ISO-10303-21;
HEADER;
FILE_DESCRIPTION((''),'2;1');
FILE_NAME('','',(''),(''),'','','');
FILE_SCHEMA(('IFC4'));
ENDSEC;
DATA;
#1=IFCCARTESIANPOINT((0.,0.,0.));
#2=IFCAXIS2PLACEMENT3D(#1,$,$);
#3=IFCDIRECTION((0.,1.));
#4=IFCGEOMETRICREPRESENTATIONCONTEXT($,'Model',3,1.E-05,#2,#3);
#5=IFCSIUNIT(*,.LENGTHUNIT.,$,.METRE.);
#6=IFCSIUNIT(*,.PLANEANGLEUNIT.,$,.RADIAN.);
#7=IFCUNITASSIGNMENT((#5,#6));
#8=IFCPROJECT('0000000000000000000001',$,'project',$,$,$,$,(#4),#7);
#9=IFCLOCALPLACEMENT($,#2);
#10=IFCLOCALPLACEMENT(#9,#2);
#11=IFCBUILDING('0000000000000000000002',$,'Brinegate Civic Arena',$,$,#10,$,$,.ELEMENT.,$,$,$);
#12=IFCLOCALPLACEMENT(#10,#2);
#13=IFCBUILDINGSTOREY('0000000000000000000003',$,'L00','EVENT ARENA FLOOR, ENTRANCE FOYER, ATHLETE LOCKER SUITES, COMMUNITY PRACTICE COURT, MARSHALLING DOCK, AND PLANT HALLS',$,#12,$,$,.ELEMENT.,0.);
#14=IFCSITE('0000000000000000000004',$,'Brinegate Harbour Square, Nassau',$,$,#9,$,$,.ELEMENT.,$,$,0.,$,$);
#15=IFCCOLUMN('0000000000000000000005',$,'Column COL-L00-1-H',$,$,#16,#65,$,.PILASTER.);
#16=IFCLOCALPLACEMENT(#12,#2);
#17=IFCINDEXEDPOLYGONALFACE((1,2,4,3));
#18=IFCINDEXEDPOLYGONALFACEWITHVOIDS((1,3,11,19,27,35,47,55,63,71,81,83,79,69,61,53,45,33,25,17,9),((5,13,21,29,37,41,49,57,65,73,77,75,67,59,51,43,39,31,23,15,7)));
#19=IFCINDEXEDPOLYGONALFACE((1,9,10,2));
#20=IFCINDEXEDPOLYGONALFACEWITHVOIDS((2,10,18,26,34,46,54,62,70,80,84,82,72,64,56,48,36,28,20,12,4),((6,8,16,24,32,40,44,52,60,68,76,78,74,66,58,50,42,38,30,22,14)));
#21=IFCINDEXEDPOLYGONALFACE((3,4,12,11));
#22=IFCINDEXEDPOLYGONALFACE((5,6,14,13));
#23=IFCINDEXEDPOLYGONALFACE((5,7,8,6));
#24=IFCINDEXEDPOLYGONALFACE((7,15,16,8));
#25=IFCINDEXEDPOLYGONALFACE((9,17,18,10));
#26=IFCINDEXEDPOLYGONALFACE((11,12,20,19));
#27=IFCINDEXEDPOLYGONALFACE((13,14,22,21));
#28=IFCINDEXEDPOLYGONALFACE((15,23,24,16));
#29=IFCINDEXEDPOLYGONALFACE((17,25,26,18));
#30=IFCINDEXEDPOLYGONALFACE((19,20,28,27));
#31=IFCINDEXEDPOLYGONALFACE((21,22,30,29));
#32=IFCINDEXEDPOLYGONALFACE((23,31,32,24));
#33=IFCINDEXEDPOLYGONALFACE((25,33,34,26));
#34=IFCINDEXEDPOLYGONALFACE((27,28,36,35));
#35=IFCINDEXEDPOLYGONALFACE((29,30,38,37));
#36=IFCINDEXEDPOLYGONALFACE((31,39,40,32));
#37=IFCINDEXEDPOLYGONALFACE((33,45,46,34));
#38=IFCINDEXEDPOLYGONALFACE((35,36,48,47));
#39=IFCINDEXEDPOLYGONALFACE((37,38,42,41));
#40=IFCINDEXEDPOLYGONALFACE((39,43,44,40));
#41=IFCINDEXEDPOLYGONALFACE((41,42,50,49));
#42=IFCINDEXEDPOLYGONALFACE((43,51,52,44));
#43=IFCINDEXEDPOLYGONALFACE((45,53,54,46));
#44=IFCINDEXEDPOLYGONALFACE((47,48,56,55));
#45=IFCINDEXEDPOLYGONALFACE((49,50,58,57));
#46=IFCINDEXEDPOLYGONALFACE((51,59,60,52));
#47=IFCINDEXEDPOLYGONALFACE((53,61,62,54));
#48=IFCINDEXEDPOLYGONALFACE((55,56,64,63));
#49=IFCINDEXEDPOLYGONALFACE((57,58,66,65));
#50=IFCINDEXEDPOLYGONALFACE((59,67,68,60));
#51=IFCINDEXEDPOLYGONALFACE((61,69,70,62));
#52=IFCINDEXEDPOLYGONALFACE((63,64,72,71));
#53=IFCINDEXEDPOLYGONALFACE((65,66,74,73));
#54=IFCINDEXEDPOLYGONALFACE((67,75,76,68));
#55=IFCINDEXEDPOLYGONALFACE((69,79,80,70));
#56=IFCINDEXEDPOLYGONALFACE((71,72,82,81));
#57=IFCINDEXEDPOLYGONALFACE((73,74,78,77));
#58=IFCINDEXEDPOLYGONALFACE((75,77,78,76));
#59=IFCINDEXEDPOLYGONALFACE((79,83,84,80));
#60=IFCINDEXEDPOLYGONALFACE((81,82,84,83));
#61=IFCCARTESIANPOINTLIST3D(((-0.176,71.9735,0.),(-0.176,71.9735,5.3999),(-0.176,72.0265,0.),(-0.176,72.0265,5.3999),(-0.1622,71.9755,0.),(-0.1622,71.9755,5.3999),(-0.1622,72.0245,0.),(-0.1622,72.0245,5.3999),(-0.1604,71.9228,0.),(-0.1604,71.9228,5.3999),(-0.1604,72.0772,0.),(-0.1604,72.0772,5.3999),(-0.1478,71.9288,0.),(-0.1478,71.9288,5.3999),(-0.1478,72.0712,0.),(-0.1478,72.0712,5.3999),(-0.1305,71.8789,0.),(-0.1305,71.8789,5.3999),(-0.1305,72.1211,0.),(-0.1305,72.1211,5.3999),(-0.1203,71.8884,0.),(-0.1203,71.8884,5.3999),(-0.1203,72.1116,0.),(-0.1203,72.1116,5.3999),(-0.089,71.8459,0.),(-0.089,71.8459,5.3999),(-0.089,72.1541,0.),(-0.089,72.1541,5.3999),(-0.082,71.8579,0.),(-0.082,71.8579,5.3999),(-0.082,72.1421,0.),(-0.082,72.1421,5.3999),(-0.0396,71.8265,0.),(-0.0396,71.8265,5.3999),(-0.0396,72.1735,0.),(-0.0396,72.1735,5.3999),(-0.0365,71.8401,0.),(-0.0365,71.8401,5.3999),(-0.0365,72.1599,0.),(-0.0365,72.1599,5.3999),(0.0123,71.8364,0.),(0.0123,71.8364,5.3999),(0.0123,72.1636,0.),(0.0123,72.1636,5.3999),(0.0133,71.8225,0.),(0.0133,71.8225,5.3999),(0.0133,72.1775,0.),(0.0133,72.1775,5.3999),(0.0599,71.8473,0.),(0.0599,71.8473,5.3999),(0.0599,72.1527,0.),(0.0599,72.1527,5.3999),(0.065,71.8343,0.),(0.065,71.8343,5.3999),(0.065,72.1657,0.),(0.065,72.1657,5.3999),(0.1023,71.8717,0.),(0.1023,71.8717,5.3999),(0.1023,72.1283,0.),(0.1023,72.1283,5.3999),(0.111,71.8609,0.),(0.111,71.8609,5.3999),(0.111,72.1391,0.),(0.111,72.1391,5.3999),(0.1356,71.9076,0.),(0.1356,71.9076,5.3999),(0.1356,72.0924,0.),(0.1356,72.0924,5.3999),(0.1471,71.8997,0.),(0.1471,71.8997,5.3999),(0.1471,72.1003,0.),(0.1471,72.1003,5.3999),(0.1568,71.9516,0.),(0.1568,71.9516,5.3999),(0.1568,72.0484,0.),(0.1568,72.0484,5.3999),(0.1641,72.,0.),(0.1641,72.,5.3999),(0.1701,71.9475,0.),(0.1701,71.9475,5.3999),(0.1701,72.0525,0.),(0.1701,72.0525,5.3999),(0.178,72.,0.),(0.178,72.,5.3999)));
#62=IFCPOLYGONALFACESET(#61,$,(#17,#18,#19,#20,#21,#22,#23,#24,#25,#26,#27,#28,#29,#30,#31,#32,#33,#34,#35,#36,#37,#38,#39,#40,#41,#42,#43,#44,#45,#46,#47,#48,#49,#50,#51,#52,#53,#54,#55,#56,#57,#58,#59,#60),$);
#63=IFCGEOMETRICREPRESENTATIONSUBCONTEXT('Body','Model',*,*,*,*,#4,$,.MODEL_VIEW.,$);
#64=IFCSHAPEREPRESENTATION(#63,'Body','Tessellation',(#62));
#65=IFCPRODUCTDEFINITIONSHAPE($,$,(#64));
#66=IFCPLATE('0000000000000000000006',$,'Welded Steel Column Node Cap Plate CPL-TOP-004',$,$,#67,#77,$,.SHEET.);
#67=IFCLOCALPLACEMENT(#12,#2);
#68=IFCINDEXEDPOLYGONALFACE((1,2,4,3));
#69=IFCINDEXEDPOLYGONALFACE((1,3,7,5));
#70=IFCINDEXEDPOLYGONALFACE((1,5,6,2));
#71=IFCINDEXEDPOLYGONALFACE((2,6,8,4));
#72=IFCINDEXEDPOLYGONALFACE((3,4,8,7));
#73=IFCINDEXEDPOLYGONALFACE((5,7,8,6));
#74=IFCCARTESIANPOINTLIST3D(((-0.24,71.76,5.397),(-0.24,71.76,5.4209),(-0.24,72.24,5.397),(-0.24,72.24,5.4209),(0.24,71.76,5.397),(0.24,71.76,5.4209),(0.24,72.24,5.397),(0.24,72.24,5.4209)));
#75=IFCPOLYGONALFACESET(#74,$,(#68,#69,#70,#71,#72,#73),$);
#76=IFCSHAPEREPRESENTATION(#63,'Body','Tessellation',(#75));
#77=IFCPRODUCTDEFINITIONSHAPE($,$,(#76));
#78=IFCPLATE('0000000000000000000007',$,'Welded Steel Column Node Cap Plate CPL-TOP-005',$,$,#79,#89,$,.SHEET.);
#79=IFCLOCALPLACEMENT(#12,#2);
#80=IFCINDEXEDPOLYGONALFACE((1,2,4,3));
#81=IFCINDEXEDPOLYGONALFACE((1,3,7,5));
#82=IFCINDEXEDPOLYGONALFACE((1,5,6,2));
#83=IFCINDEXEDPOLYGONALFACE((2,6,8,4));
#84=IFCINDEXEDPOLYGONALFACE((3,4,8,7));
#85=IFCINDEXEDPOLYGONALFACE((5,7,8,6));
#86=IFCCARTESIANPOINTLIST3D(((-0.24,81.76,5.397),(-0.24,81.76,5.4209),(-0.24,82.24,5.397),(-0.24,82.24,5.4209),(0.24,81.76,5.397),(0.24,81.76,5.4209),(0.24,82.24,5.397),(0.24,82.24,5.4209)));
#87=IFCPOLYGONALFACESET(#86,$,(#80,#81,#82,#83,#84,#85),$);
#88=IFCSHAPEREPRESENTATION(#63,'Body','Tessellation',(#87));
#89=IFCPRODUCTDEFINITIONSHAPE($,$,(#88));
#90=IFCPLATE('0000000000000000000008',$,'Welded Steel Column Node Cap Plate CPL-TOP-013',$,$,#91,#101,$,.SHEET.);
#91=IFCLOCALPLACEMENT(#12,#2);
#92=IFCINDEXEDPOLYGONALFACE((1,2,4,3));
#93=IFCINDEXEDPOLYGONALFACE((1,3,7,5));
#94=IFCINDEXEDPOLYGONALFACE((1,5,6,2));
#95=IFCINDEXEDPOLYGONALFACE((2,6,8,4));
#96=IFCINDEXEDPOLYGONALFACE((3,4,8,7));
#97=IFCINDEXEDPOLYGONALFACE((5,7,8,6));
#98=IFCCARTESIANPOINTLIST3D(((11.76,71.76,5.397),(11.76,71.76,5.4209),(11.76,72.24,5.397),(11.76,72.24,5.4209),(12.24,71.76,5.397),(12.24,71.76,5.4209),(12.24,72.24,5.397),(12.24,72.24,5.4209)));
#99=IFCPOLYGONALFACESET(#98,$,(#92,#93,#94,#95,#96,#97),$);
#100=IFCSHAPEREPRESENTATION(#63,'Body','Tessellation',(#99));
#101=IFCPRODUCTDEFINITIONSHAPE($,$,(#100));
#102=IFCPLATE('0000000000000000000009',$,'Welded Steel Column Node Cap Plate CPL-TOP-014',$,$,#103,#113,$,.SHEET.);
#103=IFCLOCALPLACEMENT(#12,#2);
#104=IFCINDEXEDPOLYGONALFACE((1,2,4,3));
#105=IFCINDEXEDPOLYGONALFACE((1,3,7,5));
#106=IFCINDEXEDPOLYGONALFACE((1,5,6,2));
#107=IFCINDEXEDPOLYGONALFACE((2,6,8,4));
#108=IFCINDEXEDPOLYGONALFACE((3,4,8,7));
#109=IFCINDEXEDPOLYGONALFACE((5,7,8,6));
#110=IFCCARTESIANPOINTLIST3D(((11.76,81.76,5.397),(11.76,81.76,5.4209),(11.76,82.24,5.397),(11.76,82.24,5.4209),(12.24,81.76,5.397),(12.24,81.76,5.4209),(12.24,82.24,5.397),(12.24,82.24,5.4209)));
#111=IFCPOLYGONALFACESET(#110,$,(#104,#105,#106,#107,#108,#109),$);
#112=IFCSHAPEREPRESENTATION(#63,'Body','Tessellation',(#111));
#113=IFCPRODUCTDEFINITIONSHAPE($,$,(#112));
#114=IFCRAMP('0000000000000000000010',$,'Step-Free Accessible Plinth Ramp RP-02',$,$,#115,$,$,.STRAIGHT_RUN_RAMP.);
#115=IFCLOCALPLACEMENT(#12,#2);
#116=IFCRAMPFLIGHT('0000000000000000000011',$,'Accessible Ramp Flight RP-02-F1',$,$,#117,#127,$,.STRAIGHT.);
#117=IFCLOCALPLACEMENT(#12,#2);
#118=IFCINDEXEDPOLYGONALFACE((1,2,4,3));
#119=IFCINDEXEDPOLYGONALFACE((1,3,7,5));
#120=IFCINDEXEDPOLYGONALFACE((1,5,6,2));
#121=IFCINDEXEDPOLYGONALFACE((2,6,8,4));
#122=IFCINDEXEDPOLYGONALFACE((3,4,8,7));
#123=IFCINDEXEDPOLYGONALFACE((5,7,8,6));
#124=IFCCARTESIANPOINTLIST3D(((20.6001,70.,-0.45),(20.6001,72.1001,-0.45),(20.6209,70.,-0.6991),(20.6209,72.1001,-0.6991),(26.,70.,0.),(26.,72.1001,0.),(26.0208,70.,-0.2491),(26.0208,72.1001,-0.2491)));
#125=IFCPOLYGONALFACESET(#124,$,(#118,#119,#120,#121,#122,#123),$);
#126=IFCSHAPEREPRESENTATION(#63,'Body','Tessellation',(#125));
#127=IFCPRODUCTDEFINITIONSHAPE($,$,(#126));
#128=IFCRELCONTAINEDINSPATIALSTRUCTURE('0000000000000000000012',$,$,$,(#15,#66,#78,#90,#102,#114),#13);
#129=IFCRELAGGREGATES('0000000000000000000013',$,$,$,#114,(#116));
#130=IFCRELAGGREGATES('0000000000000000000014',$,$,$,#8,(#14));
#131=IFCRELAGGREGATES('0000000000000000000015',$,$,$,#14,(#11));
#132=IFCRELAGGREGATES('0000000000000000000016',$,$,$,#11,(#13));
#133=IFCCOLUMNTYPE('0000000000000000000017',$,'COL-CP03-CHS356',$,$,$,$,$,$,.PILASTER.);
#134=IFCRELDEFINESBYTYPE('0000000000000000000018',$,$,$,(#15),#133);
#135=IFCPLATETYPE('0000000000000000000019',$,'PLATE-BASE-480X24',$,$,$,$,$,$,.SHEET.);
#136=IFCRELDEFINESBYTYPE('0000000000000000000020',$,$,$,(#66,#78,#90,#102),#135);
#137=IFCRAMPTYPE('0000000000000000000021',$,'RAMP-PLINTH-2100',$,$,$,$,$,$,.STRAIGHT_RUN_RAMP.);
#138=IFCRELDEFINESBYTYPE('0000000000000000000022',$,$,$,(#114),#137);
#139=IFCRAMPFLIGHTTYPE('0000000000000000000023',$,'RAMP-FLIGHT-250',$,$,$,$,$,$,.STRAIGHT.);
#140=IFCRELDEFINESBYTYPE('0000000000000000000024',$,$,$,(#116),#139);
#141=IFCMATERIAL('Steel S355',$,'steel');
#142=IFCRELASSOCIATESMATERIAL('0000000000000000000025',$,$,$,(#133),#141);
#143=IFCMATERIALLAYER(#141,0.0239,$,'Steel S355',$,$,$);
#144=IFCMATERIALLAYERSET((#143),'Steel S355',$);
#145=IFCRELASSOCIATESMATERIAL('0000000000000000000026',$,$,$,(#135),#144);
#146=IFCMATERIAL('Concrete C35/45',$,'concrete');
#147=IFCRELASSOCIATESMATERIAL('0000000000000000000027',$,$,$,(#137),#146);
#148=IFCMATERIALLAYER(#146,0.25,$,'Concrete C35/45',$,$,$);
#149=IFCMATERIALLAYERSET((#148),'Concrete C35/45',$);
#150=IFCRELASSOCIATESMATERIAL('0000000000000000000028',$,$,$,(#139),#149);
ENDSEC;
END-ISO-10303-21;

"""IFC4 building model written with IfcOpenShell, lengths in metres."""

from ifc_helpers import new_model, si_unit, direction, frame, origin, origin_2d, place, context, subcontext, project, spatial, polyline, rectangle, hollow_circle, outline, extrude, material, layer, layer_set, material_profile, profile_set, type_object, element, aggregate, save


model = new_model("IFC4")

# Units and contexts
model_context = context("Model", 3, precision=1e-05, world=origin(), true_north=direction((0.0, 1.0)))
body_context = subcontext(model_context, "Body", "Model", "MODEL_VIEW")
ifc_project = project(units=[si_unit("LENGTHUNIT", "METRE"), si_unit("PLANEANGLEUNIT", "RADIAN")], contexts=[model_context])

# Site, building, storey
site_placement = place(None, origin())
site = spatial("IfcSite", under=ifc_project, at=site_placement, Name="Brinegate Harbour Square, Nassau", CompositionType="ELEMENT", RefElevation=0.0)
building_placement = place(site_placement, origin())
building = spatial("IfcBuilding", under=site, at=building_placement, Name="Brinegate Civic Arena", CompositionType="ELEMENT")
storey_placement = place(building_placement, origin())
storey = spatial("IfcBuildingStorey", under=building, at=storey_placement, Name="L00", Description="EVENT ARENA FLOOR, ENTRANCE FOYER, ATHLETE LOCKER SUITES, COMMUNITY PRACTICE COURT, MARSHALLING DOCK, AND PLANT HALLS", CompositionType="ELEMENT", Elevation=0.0)

# Column
ifc_material_1 = material(Name="Steel S355", Category="steel")
ifc_material_profile_1 = material_profile(ifc_material_1, hollow_circle(Radius=0.178, WallThickness=0.0139, at=origin_2d()), Name="CHS356X14")
ifc_profile_set_1 = profile_set([ifc_material_profile_1], Name="Steel S355")
column_type_1 = type_object("IfcColumnType", Name="COL-CP03-CHS356", PredefinedType="PILASTER", material=ifc_profile_set_1)
column_1_placement = place(storey_placement, frame((0.0, 72.0, 0.0), z_axis=(0.0, 0.0, 1.0), x_axis=(1.0, 0.0, 0.0)))
element("IfcColumn", 1, at=column_1_placement, inside=storey, type_object=column_type_1, Name="Column COL-L00-1-H", PredefinedType="PILASTER", context=body_context, shape_type="SweptSolid", body=[
    extrude(hollow_circle(Radius=0.178, WallThickness=0.0139, at=origin_2d()), origin(), (0.0, 0.0, 1.0), 5.3999),
])

# Plates
ifc_layer_1 = layer(ifc_material_1, 0.0239, Name="Steel S355")
ifc_layer_set_1 = layer_set([ifc_layer_1], Name="Steel S355")
plate_type = type_object("IfcPlateType", Name="PLATE-BASE-480X24", PredefinedType="SHEET", material=ifc_layer_set_1)
for number, where, z_axis, x_axis, name in (
    (2, (0.0, 72.0, 5.397), (0.0, 0.0, 1.0), (1.0, 0.0, 0.0), "Welded Steel Column Node Cap Plate CPL-TOP-004"),
    (3, (0.0, 82.0, 5.397), (0.0, 0.0, 1.0), (1.0, 0.0, 0.0), "Welded Steel Column Node Cap Plate CPL-TOP-005"),
    (4, (12.0, 72.0, 5.397), (0.0, 0.0, 1.0), (1.0, 0.0, 0.0), "Welded Steel Column Node Cap Plate CPL-TOP-013"),
    (5, (12.0, 82.0, 5.397), (0.0, 0.0, 1.0), (1.0, 0.0, 0.0), "Welded Steel Column Node Cap Plate CPL-TOP-014"),
):
    element("IfcPlate", number, at=place(storey_placement, frame(where, z_axis=z_axis, x_axis=x_axis)), inside=storey, type_object=plate_type, Name=name, PredefinedType="SHEET", context=body_context, shape_type="SweptSolid", body=[
        extrude(rectangle(XDim=0.48, YDim=0.48, at=origin_2d()), origin(), (0.0, 0.0, 1.0), 0.0239),
    ])

# Ramp, ramp flight
ifc_material_2 = material(Name="Concrete C35/45", Category="concrete")
ramp_type = type_object("IfcRampType", Name="RAMP-PLINTH-2100", PredefinedType="STRAIGHT_RUN_RAMP", material=ifc_material_2)
ramp_placement = place(storey_placement, origin())
ramp = element("IfcRamp", 6, at=ramp_placement, inside=storey, type_object=ramp_type, Name="Step-Free Accessible Plinth Ramp RP-02", PredefinedType="STRAIGHT_RUN_RAMP")
ifc_layer_2 = layer(ifc_material_2, 0.25, Name="Concrete C35/45")
ifc_layer_set_2 = layer_set([ifc_layer_2], Name="Concrete C35/45")
ramp_flight_type = type_object("IfcRampFlightType", Name="RAMP-FLIGHT-250", PredefinedType="STRAIGHT", material=ifc_layer_set_2)
ramp_flight_placement = place(storey_placement, frame((20.6001, 70.0, -0.45), z_axis=(-0.083038, 0.0, 0.996546), x_axis=(0.996546, 0.0, 0.083038)))
ramp_flight = element("IfcRampFlight", 7, at=ramp_flight_placement, type_object=ramp_flight_type, Name="Accessible Ramp Flight RP-02-F1", PredefinedType="STRAIGHT", context=body_context, shape_type="SweptSolid", body=[
    extrude(outline(polyline([(0.0, 0.0), (5.4186, 0.0), (5.4186, 2.1001), (0.0, 2.1001), (0.0, 0.0)])), origin(), (0.0, 0.0, -1.0), 0.25),
])
aggregate(ramp, [ramp_flight])

save(model, "model.ifc")
